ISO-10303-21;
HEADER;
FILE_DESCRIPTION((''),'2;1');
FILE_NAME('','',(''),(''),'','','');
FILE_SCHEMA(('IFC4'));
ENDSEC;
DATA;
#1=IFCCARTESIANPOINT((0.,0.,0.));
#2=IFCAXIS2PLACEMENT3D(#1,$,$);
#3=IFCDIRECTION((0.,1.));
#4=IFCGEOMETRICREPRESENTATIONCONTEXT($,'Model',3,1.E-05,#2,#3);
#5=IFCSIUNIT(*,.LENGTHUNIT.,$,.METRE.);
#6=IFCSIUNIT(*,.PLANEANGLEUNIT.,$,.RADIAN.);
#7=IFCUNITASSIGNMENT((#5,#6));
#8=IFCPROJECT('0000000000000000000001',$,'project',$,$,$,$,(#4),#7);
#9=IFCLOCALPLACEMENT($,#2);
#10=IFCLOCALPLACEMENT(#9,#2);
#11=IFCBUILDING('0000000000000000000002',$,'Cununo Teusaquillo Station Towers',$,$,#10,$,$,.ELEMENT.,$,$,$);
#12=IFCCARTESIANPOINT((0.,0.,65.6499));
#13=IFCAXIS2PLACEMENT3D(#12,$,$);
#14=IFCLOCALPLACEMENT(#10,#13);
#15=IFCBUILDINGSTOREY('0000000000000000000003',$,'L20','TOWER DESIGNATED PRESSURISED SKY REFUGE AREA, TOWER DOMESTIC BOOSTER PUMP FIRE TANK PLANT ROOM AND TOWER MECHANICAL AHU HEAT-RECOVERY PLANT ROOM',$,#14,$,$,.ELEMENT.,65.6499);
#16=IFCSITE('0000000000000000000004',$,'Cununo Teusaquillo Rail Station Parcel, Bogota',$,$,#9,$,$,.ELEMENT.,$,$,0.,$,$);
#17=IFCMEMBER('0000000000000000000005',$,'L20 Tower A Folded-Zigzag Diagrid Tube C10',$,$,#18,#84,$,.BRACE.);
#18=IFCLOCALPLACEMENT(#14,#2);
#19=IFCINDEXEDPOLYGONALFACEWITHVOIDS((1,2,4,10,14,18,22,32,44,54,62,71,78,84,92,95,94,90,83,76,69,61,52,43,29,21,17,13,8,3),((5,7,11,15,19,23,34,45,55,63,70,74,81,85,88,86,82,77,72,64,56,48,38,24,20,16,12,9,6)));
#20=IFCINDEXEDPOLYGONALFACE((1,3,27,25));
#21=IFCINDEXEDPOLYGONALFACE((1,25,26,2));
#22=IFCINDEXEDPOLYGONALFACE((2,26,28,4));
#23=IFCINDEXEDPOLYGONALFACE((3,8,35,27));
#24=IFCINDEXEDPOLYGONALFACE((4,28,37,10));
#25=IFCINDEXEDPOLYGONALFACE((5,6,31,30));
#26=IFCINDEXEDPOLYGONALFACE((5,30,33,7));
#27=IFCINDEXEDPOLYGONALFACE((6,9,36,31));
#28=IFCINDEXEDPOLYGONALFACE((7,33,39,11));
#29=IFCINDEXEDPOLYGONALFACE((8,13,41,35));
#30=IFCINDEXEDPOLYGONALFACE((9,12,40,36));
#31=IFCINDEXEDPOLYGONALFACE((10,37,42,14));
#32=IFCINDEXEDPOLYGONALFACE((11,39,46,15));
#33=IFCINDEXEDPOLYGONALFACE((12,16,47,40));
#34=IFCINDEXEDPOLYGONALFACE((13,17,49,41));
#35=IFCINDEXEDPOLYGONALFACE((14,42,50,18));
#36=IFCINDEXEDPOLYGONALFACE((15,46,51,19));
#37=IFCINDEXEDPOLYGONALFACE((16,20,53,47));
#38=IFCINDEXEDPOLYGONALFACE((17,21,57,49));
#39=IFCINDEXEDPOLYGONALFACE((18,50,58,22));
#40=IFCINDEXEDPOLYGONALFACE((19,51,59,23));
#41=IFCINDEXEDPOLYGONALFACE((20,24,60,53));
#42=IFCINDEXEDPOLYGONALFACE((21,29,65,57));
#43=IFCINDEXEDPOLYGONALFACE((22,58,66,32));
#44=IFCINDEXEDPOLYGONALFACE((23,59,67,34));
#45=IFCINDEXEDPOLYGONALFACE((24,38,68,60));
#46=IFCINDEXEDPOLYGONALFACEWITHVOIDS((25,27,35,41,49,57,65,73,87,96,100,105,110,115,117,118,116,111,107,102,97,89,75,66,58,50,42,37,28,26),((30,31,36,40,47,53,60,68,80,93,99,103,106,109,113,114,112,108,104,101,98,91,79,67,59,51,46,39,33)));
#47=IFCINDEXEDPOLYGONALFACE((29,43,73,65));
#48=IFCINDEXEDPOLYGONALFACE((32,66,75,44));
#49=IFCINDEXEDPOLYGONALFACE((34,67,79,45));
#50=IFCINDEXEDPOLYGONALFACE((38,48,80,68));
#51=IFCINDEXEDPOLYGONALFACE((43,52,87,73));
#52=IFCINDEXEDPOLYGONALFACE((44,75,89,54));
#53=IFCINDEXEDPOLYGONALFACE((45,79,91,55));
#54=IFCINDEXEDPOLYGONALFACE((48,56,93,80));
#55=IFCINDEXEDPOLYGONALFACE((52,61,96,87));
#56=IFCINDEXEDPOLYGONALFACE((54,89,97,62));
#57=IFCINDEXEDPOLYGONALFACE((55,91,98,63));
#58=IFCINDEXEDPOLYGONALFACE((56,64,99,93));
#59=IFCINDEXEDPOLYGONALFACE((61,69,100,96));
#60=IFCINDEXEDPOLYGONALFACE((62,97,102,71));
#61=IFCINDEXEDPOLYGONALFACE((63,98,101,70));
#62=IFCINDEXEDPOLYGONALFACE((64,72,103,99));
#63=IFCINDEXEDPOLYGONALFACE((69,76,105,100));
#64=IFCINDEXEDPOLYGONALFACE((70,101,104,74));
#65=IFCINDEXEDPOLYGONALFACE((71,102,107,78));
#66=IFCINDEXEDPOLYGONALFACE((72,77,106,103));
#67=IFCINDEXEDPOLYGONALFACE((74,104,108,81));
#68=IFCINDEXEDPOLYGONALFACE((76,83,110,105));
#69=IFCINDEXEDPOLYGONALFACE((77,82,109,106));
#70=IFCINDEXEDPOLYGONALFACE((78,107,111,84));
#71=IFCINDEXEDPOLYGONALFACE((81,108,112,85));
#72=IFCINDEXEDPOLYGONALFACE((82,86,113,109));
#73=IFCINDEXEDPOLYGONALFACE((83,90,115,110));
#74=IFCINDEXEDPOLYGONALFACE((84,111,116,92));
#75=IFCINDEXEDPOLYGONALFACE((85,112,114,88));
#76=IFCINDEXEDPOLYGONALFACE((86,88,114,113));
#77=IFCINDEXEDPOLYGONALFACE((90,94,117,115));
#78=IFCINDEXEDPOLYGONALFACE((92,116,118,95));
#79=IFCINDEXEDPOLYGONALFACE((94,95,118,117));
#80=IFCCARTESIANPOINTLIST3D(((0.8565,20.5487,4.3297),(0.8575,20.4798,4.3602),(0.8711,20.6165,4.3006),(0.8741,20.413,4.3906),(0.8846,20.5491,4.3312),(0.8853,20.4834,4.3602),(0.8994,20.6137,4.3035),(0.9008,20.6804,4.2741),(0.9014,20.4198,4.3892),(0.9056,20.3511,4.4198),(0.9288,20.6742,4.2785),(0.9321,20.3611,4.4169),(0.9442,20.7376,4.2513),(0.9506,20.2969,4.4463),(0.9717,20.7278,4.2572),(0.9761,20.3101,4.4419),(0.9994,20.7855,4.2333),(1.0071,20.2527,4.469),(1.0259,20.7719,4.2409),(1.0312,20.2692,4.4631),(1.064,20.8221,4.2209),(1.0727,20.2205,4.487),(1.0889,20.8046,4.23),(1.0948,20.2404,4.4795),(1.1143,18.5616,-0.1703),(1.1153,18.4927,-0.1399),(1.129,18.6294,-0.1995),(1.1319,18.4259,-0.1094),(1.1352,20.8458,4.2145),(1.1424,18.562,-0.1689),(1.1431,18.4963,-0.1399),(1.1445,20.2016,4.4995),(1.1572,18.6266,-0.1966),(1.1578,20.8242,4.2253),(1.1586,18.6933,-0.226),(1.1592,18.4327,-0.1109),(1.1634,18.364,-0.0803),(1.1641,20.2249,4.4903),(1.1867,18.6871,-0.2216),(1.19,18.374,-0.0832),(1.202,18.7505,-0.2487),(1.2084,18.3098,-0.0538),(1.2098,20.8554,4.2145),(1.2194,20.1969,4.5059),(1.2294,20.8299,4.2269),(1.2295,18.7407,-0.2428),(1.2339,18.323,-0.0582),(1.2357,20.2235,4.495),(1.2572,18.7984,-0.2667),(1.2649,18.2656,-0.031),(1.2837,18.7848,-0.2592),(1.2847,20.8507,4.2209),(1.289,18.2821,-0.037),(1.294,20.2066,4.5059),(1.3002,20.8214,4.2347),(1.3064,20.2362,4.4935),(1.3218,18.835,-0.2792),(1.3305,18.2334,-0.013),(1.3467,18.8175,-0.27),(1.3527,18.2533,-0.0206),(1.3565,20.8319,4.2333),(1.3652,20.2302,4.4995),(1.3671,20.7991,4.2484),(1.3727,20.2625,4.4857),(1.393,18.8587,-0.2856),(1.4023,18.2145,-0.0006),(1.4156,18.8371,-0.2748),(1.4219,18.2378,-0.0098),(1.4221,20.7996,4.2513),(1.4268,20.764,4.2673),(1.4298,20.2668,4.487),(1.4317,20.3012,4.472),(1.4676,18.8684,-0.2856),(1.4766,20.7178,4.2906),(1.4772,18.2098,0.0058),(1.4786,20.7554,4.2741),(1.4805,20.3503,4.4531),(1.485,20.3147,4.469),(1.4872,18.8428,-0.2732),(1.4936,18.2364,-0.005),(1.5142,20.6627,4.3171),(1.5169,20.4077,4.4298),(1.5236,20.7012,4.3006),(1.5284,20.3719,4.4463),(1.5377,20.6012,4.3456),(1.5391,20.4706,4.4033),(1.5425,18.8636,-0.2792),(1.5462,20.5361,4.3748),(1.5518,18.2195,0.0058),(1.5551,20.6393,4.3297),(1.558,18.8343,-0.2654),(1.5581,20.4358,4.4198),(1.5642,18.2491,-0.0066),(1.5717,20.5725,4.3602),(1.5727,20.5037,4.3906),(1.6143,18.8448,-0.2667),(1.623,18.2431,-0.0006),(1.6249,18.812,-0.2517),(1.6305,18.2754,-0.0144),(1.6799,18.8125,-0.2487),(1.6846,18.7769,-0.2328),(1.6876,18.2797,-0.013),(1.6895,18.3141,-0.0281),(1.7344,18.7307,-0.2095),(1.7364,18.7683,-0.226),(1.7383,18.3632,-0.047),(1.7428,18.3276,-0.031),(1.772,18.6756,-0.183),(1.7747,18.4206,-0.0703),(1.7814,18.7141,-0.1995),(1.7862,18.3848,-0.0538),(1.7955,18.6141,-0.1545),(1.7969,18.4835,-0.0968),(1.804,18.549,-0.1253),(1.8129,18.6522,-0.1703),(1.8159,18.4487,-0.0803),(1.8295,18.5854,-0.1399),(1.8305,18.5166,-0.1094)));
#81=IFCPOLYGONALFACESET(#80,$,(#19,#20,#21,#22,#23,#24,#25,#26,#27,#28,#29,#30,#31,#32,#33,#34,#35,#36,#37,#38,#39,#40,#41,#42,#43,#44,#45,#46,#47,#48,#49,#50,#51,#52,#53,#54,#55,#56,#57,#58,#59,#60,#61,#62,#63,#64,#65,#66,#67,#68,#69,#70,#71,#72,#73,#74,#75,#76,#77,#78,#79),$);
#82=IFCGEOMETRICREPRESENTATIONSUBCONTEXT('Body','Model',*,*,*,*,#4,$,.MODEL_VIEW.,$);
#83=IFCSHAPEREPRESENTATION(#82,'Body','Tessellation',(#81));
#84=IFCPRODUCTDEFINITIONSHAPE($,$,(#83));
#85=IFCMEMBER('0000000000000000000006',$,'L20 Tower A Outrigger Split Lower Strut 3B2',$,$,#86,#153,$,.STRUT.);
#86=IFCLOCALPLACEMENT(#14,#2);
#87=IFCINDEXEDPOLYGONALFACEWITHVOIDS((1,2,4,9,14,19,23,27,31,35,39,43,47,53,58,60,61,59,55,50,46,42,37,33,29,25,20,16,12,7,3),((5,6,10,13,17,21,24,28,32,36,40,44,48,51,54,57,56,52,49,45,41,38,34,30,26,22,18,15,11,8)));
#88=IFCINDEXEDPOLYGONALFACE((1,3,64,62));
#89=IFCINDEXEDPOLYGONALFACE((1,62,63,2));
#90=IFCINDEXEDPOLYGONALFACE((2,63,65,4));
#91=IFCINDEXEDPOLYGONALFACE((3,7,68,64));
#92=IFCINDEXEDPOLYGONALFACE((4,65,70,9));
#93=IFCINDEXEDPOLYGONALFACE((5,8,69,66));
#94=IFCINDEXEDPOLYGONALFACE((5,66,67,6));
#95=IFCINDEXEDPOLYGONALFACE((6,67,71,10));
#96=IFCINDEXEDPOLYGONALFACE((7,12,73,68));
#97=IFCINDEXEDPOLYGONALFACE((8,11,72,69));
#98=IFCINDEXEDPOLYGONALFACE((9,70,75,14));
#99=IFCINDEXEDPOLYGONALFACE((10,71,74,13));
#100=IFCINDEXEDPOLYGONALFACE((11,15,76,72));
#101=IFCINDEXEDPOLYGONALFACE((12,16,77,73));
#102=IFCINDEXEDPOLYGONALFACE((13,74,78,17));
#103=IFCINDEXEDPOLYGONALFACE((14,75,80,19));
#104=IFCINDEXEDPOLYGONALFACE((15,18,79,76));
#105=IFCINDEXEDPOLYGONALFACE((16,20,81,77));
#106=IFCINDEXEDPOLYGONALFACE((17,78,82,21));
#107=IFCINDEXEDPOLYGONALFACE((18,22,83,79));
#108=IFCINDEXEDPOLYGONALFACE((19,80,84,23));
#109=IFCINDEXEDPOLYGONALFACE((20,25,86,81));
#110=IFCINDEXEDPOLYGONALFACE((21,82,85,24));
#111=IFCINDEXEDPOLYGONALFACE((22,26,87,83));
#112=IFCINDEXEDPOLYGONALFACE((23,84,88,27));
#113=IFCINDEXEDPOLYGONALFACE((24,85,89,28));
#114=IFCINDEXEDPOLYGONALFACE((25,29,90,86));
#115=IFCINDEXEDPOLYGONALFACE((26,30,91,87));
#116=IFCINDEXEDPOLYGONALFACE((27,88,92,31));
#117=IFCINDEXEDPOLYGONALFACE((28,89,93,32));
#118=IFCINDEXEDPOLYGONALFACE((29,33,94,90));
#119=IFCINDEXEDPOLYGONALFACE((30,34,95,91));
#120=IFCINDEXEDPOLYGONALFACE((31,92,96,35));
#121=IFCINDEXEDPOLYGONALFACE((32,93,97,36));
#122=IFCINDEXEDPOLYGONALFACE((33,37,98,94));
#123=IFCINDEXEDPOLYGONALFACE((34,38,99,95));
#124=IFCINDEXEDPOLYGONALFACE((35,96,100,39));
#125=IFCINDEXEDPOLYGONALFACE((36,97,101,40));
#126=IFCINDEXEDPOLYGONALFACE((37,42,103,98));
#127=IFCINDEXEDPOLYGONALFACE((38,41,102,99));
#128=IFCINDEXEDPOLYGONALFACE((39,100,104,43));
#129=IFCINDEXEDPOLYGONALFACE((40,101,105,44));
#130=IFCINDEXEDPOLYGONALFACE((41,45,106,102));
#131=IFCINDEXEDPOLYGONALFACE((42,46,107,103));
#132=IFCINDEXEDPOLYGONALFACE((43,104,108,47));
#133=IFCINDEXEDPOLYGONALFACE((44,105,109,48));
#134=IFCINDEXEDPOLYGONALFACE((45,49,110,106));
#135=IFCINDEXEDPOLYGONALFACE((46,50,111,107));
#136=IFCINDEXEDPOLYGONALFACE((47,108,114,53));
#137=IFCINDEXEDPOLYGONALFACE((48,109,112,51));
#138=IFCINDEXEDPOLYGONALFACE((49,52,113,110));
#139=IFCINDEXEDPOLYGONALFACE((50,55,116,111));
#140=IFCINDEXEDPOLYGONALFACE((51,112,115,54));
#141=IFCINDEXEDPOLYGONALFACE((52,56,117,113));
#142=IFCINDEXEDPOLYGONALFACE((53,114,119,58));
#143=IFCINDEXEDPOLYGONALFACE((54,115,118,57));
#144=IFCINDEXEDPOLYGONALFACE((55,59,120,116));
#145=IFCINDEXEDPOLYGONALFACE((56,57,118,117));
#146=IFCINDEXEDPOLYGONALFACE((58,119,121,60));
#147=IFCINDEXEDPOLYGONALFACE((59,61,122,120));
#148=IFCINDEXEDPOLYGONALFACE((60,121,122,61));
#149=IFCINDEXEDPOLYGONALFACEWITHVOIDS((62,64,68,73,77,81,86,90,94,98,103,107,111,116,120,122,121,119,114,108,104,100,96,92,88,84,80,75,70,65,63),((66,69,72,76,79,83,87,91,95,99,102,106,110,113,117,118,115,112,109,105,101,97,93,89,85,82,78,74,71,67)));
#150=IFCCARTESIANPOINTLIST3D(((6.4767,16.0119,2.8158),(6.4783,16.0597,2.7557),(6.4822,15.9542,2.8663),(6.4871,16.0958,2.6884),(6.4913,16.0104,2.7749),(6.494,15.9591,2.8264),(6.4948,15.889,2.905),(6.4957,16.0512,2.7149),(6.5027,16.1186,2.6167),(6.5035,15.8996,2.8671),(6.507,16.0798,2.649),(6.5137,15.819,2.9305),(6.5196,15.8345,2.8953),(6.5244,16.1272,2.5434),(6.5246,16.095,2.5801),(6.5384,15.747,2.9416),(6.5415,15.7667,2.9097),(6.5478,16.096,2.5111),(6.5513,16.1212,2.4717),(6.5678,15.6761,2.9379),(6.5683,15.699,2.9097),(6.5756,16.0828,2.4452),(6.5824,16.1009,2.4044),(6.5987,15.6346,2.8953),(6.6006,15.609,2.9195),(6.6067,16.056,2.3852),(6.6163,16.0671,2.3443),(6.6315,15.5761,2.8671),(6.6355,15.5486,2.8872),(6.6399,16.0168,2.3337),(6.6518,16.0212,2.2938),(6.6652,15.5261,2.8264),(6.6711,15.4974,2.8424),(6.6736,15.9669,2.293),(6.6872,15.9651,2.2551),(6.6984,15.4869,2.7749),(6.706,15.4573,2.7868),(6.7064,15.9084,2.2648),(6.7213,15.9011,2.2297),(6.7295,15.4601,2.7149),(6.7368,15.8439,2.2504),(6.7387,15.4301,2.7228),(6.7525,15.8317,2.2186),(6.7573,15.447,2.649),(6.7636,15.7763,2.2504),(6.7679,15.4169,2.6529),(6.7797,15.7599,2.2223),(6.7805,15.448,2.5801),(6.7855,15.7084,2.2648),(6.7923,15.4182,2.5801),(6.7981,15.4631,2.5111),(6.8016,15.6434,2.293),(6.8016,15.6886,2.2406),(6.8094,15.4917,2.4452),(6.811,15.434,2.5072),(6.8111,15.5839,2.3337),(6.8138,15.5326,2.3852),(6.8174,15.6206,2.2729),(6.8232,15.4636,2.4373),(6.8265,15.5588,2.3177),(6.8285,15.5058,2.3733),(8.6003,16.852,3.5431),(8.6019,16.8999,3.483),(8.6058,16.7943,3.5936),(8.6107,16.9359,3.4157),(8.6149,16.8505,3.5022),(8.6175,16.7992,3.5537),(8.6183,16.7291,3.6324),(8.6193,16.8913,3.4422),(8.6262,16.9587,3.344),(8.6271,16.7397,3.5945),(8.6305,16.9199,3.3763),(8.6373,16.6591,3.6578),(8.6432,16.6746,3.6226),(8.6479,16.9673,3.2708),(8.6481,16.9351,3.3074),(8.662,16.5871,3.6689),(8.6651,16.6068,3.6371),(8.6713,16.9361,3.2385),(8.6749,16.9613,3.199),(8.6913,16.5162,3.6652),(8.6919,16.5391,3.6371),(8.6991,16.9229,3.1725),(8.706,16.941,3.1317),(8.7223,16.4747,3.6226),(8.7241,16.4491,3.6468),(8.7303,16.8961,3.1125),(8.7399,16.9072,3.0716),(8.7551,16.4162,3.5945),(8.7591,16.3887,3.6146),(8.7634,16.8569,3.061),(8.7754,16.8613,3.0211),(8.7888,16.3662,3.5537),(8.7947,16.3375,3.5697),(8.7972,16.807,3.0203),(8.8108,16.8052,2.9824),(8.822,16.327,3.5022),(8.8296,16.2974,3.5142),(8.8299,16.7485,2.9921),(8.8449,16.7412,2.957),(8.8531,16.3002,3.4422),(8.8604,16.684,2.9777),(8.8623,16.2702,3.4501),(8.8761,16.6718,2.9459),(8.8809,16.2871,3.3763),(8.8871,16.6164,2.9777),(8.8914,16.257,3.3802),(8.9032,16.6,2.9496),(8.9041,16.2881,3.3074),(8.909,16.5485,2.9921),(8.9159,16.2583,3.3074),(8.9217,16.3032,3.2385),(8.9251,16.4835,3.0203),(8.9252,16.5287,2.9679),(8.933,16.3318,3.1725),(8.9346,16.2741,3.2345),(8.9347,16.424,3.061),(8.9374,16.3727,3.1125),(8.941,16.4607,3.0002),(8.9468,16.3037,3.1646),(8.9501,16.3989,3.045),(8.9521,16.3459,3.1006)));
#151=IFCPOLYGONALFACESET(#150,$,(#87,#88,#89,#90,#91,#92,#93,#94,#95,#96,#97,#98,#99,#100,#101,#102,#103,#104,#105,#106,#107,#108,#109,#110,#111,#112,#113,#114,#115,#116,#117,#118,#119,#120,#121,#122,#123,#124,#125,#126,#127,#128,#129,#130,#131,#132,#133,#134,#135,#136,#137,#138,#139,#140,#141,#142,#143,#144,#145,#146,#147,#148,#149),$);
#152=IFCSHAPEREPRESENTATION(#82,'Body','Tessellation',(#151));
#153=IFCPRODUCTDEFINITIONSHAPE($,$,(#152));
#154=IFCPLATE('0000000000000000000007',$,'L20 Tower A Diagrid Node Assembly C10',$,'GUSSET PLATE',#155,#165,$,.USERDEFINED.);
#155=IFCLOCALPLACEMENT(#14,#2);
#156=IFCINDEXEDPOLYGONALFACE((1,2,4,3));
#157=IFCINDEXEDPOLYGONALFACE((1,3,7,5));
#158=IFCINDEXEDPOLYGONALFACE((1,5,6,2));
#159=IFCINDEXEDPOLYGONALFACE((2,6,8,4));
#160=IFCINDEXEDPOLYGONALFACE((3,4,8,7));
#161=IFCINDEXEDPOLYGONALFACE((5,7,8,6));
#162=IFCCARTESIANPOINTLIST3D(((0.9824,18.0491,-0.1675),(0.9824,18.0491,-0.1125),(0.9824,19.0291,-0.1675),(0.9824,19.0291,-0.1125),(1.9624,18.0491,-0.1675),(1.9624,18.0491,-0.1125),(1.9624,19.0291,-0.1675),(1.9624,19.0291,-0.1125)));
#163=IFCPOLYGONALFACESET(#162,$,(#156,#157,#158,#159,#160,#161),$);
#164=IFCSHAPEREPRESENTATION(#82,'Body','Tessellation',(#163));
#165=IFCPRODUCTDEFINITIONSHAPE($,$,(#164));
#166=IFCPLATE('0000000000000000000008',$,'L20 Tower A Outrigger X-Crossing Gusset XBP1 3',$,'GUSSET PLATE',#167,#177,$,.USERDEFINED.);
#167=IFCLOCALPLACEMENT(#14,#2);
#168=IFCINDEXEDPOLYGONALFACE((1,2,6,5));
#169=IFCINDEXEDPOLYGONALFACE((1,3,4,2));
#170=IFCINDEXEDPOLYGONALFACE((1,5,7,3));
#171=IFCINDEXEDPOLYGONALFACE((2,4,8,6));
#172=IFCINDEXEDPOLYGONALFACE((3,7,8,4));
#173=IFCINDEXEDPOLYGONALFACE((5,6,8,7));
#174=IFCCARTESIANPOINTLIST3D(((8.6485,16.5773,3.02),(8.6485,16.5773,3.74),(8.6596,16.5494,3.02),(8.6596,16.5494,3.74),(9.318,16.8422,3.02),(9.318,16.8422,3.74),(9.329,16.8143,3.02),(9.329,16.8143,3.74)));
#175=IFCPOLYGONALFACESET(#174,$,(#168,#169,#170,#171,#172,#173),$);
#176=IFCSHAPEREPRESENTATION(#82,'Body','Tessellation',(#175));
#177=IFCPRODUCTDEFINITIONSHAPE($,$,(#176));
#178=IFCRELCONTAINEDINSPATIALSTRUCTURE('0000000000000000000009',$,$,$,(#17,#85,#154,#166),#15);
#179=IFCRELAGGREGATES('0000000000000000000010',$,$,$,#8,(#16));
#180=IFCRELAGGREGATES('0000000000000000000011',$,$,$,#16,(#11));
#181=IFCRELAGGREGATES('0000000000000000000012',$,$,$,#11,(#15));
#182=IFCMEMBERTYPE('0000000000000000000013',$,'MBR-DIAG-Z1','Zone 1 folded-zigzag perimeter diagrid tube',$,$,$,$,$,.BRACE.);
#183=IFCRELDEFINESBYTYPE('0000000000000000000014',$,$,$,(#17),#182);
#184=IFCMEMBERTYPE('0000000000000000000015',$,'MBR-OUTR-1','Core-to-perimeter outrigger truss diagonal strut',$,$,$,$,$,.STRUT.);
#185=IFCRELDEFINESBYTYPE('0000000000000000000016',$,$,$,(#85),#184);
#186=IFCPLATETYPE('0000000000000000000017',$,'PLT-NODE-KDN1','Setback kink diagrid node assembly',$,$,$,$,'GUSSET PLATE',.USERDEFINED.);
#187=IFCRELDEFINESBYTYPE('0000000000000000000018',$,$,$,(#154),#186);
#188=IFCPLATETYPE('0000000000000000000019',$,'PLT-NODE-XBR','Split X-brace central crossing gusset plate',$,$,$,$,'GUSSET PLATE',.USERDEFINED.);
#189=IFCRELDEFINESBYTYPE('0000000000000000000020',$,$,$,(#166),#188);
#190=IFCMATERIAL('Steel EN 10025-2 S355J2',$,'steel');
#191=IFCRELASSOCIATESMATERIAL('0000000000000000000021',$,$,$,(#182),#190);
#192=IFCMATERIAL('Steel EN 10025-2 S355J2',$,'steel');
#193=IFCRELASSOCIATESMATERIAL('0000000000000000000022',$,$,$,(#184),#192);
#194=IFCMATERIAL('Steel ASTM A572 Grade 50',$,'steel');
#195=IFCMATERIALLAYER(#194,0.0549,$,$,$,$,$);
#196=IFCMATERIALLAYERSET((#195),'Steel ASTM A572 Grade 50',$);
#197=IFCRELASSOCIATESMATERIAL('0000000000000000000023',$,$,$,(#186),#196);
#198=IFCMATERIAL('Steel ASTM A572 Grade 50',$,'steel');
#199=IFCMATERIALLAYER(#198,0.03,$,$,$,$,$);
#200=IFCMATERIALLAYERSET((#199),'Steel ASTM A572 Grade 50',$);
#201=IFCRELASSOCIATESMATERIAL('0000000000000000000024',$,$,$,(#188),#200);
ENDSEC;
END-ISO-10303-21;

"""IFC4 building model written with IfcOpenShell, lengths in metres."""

from ifc_helpers import new_model, si_unit, direction, frame, origin, origin_2d, place, context, subcontext, project, spatial, rectangle, hollow_circle, extrude, source, transform, mapped, material, layer, layer_set, material_profile, profile_set, type_object, element, save


model = new_model("IFC4")

# Units and contexts
model_context = context("Model", 3, precision=1e-05, world=origin(), true_north=direction((0.0, 1.0)))
body_context = subcontext(model_context, "Body", "Model", "MODEL_VIEW")
ifc_project = project(units=[si_unit("LENGTHUNIT", "METRE"), si_unit("PLANEANGLEUNIT", "RADIAN")], contexts=[model_context])

# Site, building, storey
site_placement = place(None, origin())
site = spatial("IfcSite", under=ifc_project, at=site_placement, Name="Cununo Teusaquillo Rail Station Parcel, Bogota", CompositionType="ELEMENT", RefElevation=0.0)
building_placement = place(site_placement, origin())
building = spatial("IfcBuilding", under=site, at=building_placement, Name="Cununo Teusaquillo Station Towers", CompositionType="ELEMENT")
storey_placement = place(building_placement, frame((0.0, 0.0, 65.6499)))
storey = spatial("IfcBuildingStorey", under=building, at=storey_placement, Name="L20", Description="TOWER DESIGNATED PRESSURISED SKY REFUGE AREA, TOWER DOMESTIC BOOSTER PUMP FIRE TANK PLANT ROOM AND TOWER MECHANICAL AHU HEAT-RECOVERY PLANT ROOM", CompositionType="ELEMENT", Elevation=65.6499)

# Members
ifc_material_1 = material(Name="Steel EN 10025-2 S355J2", Category="steel")
ifc_material_profile_1 = material_profile(ifc_material_1, hollow_circle(Radius=0.3601, WallThickness=0.0281, at=origin_2d()), Name="CHS 720x28")
ifc_profile_set_1 = profile_set([ifc_material_profile_1], Name="Steel EN 10025-2 S355J2")
member_type_1 = type_object("IfcMemberType", Name="MBR-DIAG-Z1", Description="Zone 1 folded-zigzag perimeter diagrid tube", PredefinedType="BRACE", material=ifc_profile_set_1)
member_1_placement = place(storey_placement, frame((1.4724, 18.5391, -0.1399), z_axis=(-0.052338, 0.403387, 0.913531), x_axis=(-0.991688, -0.128667, 0.0)))
element("IfcMember", 1, at=member_1_placement, inside=storey, type_object=member_type_1, Name="L20 Tower A Folded-Zigzag Diagrid Tube C10", PredefinedType="BRACE", context=body_context, shape_type="SweptSolid", body=[
    extrude(hollow_circle(Radius=0.3601, WallThickness=0.0281, at=origin_2d()), origin(), (0.0, 0.0, 1.0), 4.926),
])
ifc_material_2 = material(Name="Steel EN 10025-2 S355J2", Category="steel")
ifc_material_profile_2 = material_profile(ifc_material_2, hollow_circle(Radius=0.3799, WallThickness=0.032, at=origin_2d()), Name="CHS 760x32")
ifc_profile_set_2 = profile_set([ifc_material_profile_2], Name="Steel EN 10025-2 S355J2")
member_type_2 = type_object("IfcMemberType", Name="MBR-OUTR-1", Description="Core-to-perimeter outrigger truss diagonal strut", PredefinedType="STRUT", material=ifc_profile_set_2)
member_2_placement = place(storey_placement, frame((8.7761, 16.6116, 3.3074), z_axis=(-0.88603, -0.350521, -0.303458), x_axis=(0.367867, -0.929878, 0.0)))
element("IfcMember", 2, at=member_2_placement, inside=storey, type_object=member_type_2, Name="L20 Tower A Outrigger Split Lower Strut 3B2", PredefinedType="STRUT", context=body_context, shape_type="SweptSolid", body=[
    extrude(hollow_circle(Radius=0.3799, WallThickness=0.032, at=origin_2d()), origin(), (0.0, 0.0, 1.0), 2.3967),
])

# Plates
ifc_material_3 = material(Name="Steel ASTM A572 Grade 50", Category="steel")
ifc_layer_1 = layer(ifc_material_3, 0.0549)
ifc_layer_set_1 = layer_set([ifc_layer_1], Name="Steel ASTM A572 Grade 50")
plate_type_1 = type_object("IfcPlateType", Name="PLT-NODE-KDN1", Description="Setback kink diagrid node assembly", ElementType="GUSSET PLATE", PredefinedType="USERDEFINED", material=ifc_layer_set_1)
shared_shape_1 = source(origin(), body_context, "Body", "SweptSolid", [
    extrude(rectangle(XDim=0.98, YDim=0.98, at=origin_2d()), origin(), (0.0, 0.0, 1.0), 0.0549),
])
plate_1_placement = place(storey_placement, frame((1.4724, 18.5391, -0.1675), z_axis=(0.0, 0.0, 1.0), x_axis=(1.0, 0.0, 0.0)))
element("IfcPlate", 3, at=plate_1_placement, inside=storey, type_object=plate_type_1, Name="L20 Tower A Diagrid Node Assembly C10", ObjectType="GUSSET PLATE", PredefinedType="USERDEFINED", context=body_context, shape_type="MappedRepresentation", body=[
    mapped(shared_shape_1, transform((0.0, 0.0, 0.0), x_axis=(1.0, 0.0, 0.0), y_axis=(0.0, 1.0, 0.0), z_axis=(0.0, 0.0, 1.0), scale=1.0)),
])
ifc_material_4 = material(Name="Steel ASTM A572 Grade 50", Category="steel")
ifc_layer_2 = layer(ifc_material_4, 0.03)
ifc_layer_set_2 = layer_set([ifc_layer_2], Name="Steel ASTM A572 Grade 50")
plate_type_2 = type_object("IfcPlateType", Name="PLT-NODE-XBR", Description="Split X-brace central crossing gusset plate", ElementType="GUSSET PLATE", PredefinedType="USERDEFINED", material=ifc_layer_set_2)
shared_shape_2 = source(origin(), body_context, "Body", "SweptSolid", [
    extrude(rectangle(XDim=0.72, YDim=0.03, at=origin_2d()), origin(), (0.0, 0.0, 1.0), 0.72),
])
plate_2_placement = place(storey_placement, frame((8.9888, 16.6958, 3.02), z_axis=(0.0, 0.0, 1.0), x_axis=(-0.929841, -0.367962, 0.0)))
element("IfcPlate", 4, at=plate_2_placement, inside=storey, type_object=plate_type_2, Name="L20 Tower A Outrigger X-Crossing Gusset XBP1 3", ObjectType="GUSSET PLATE", PredefinedType="USERDEFINED", context=body_context, shape_type="MappedRepresentation", body=[
    mapped(shared_shape_2, transform((0.0, 0.0, 0.0), x_axis=(1.0, 0.0, 0.0), y_axis=(0.0, 1.0, 0.0), z_axis=(0.0, 0.0, 1.0), scale=1.0)),
])

save(model, "model.ifc")
